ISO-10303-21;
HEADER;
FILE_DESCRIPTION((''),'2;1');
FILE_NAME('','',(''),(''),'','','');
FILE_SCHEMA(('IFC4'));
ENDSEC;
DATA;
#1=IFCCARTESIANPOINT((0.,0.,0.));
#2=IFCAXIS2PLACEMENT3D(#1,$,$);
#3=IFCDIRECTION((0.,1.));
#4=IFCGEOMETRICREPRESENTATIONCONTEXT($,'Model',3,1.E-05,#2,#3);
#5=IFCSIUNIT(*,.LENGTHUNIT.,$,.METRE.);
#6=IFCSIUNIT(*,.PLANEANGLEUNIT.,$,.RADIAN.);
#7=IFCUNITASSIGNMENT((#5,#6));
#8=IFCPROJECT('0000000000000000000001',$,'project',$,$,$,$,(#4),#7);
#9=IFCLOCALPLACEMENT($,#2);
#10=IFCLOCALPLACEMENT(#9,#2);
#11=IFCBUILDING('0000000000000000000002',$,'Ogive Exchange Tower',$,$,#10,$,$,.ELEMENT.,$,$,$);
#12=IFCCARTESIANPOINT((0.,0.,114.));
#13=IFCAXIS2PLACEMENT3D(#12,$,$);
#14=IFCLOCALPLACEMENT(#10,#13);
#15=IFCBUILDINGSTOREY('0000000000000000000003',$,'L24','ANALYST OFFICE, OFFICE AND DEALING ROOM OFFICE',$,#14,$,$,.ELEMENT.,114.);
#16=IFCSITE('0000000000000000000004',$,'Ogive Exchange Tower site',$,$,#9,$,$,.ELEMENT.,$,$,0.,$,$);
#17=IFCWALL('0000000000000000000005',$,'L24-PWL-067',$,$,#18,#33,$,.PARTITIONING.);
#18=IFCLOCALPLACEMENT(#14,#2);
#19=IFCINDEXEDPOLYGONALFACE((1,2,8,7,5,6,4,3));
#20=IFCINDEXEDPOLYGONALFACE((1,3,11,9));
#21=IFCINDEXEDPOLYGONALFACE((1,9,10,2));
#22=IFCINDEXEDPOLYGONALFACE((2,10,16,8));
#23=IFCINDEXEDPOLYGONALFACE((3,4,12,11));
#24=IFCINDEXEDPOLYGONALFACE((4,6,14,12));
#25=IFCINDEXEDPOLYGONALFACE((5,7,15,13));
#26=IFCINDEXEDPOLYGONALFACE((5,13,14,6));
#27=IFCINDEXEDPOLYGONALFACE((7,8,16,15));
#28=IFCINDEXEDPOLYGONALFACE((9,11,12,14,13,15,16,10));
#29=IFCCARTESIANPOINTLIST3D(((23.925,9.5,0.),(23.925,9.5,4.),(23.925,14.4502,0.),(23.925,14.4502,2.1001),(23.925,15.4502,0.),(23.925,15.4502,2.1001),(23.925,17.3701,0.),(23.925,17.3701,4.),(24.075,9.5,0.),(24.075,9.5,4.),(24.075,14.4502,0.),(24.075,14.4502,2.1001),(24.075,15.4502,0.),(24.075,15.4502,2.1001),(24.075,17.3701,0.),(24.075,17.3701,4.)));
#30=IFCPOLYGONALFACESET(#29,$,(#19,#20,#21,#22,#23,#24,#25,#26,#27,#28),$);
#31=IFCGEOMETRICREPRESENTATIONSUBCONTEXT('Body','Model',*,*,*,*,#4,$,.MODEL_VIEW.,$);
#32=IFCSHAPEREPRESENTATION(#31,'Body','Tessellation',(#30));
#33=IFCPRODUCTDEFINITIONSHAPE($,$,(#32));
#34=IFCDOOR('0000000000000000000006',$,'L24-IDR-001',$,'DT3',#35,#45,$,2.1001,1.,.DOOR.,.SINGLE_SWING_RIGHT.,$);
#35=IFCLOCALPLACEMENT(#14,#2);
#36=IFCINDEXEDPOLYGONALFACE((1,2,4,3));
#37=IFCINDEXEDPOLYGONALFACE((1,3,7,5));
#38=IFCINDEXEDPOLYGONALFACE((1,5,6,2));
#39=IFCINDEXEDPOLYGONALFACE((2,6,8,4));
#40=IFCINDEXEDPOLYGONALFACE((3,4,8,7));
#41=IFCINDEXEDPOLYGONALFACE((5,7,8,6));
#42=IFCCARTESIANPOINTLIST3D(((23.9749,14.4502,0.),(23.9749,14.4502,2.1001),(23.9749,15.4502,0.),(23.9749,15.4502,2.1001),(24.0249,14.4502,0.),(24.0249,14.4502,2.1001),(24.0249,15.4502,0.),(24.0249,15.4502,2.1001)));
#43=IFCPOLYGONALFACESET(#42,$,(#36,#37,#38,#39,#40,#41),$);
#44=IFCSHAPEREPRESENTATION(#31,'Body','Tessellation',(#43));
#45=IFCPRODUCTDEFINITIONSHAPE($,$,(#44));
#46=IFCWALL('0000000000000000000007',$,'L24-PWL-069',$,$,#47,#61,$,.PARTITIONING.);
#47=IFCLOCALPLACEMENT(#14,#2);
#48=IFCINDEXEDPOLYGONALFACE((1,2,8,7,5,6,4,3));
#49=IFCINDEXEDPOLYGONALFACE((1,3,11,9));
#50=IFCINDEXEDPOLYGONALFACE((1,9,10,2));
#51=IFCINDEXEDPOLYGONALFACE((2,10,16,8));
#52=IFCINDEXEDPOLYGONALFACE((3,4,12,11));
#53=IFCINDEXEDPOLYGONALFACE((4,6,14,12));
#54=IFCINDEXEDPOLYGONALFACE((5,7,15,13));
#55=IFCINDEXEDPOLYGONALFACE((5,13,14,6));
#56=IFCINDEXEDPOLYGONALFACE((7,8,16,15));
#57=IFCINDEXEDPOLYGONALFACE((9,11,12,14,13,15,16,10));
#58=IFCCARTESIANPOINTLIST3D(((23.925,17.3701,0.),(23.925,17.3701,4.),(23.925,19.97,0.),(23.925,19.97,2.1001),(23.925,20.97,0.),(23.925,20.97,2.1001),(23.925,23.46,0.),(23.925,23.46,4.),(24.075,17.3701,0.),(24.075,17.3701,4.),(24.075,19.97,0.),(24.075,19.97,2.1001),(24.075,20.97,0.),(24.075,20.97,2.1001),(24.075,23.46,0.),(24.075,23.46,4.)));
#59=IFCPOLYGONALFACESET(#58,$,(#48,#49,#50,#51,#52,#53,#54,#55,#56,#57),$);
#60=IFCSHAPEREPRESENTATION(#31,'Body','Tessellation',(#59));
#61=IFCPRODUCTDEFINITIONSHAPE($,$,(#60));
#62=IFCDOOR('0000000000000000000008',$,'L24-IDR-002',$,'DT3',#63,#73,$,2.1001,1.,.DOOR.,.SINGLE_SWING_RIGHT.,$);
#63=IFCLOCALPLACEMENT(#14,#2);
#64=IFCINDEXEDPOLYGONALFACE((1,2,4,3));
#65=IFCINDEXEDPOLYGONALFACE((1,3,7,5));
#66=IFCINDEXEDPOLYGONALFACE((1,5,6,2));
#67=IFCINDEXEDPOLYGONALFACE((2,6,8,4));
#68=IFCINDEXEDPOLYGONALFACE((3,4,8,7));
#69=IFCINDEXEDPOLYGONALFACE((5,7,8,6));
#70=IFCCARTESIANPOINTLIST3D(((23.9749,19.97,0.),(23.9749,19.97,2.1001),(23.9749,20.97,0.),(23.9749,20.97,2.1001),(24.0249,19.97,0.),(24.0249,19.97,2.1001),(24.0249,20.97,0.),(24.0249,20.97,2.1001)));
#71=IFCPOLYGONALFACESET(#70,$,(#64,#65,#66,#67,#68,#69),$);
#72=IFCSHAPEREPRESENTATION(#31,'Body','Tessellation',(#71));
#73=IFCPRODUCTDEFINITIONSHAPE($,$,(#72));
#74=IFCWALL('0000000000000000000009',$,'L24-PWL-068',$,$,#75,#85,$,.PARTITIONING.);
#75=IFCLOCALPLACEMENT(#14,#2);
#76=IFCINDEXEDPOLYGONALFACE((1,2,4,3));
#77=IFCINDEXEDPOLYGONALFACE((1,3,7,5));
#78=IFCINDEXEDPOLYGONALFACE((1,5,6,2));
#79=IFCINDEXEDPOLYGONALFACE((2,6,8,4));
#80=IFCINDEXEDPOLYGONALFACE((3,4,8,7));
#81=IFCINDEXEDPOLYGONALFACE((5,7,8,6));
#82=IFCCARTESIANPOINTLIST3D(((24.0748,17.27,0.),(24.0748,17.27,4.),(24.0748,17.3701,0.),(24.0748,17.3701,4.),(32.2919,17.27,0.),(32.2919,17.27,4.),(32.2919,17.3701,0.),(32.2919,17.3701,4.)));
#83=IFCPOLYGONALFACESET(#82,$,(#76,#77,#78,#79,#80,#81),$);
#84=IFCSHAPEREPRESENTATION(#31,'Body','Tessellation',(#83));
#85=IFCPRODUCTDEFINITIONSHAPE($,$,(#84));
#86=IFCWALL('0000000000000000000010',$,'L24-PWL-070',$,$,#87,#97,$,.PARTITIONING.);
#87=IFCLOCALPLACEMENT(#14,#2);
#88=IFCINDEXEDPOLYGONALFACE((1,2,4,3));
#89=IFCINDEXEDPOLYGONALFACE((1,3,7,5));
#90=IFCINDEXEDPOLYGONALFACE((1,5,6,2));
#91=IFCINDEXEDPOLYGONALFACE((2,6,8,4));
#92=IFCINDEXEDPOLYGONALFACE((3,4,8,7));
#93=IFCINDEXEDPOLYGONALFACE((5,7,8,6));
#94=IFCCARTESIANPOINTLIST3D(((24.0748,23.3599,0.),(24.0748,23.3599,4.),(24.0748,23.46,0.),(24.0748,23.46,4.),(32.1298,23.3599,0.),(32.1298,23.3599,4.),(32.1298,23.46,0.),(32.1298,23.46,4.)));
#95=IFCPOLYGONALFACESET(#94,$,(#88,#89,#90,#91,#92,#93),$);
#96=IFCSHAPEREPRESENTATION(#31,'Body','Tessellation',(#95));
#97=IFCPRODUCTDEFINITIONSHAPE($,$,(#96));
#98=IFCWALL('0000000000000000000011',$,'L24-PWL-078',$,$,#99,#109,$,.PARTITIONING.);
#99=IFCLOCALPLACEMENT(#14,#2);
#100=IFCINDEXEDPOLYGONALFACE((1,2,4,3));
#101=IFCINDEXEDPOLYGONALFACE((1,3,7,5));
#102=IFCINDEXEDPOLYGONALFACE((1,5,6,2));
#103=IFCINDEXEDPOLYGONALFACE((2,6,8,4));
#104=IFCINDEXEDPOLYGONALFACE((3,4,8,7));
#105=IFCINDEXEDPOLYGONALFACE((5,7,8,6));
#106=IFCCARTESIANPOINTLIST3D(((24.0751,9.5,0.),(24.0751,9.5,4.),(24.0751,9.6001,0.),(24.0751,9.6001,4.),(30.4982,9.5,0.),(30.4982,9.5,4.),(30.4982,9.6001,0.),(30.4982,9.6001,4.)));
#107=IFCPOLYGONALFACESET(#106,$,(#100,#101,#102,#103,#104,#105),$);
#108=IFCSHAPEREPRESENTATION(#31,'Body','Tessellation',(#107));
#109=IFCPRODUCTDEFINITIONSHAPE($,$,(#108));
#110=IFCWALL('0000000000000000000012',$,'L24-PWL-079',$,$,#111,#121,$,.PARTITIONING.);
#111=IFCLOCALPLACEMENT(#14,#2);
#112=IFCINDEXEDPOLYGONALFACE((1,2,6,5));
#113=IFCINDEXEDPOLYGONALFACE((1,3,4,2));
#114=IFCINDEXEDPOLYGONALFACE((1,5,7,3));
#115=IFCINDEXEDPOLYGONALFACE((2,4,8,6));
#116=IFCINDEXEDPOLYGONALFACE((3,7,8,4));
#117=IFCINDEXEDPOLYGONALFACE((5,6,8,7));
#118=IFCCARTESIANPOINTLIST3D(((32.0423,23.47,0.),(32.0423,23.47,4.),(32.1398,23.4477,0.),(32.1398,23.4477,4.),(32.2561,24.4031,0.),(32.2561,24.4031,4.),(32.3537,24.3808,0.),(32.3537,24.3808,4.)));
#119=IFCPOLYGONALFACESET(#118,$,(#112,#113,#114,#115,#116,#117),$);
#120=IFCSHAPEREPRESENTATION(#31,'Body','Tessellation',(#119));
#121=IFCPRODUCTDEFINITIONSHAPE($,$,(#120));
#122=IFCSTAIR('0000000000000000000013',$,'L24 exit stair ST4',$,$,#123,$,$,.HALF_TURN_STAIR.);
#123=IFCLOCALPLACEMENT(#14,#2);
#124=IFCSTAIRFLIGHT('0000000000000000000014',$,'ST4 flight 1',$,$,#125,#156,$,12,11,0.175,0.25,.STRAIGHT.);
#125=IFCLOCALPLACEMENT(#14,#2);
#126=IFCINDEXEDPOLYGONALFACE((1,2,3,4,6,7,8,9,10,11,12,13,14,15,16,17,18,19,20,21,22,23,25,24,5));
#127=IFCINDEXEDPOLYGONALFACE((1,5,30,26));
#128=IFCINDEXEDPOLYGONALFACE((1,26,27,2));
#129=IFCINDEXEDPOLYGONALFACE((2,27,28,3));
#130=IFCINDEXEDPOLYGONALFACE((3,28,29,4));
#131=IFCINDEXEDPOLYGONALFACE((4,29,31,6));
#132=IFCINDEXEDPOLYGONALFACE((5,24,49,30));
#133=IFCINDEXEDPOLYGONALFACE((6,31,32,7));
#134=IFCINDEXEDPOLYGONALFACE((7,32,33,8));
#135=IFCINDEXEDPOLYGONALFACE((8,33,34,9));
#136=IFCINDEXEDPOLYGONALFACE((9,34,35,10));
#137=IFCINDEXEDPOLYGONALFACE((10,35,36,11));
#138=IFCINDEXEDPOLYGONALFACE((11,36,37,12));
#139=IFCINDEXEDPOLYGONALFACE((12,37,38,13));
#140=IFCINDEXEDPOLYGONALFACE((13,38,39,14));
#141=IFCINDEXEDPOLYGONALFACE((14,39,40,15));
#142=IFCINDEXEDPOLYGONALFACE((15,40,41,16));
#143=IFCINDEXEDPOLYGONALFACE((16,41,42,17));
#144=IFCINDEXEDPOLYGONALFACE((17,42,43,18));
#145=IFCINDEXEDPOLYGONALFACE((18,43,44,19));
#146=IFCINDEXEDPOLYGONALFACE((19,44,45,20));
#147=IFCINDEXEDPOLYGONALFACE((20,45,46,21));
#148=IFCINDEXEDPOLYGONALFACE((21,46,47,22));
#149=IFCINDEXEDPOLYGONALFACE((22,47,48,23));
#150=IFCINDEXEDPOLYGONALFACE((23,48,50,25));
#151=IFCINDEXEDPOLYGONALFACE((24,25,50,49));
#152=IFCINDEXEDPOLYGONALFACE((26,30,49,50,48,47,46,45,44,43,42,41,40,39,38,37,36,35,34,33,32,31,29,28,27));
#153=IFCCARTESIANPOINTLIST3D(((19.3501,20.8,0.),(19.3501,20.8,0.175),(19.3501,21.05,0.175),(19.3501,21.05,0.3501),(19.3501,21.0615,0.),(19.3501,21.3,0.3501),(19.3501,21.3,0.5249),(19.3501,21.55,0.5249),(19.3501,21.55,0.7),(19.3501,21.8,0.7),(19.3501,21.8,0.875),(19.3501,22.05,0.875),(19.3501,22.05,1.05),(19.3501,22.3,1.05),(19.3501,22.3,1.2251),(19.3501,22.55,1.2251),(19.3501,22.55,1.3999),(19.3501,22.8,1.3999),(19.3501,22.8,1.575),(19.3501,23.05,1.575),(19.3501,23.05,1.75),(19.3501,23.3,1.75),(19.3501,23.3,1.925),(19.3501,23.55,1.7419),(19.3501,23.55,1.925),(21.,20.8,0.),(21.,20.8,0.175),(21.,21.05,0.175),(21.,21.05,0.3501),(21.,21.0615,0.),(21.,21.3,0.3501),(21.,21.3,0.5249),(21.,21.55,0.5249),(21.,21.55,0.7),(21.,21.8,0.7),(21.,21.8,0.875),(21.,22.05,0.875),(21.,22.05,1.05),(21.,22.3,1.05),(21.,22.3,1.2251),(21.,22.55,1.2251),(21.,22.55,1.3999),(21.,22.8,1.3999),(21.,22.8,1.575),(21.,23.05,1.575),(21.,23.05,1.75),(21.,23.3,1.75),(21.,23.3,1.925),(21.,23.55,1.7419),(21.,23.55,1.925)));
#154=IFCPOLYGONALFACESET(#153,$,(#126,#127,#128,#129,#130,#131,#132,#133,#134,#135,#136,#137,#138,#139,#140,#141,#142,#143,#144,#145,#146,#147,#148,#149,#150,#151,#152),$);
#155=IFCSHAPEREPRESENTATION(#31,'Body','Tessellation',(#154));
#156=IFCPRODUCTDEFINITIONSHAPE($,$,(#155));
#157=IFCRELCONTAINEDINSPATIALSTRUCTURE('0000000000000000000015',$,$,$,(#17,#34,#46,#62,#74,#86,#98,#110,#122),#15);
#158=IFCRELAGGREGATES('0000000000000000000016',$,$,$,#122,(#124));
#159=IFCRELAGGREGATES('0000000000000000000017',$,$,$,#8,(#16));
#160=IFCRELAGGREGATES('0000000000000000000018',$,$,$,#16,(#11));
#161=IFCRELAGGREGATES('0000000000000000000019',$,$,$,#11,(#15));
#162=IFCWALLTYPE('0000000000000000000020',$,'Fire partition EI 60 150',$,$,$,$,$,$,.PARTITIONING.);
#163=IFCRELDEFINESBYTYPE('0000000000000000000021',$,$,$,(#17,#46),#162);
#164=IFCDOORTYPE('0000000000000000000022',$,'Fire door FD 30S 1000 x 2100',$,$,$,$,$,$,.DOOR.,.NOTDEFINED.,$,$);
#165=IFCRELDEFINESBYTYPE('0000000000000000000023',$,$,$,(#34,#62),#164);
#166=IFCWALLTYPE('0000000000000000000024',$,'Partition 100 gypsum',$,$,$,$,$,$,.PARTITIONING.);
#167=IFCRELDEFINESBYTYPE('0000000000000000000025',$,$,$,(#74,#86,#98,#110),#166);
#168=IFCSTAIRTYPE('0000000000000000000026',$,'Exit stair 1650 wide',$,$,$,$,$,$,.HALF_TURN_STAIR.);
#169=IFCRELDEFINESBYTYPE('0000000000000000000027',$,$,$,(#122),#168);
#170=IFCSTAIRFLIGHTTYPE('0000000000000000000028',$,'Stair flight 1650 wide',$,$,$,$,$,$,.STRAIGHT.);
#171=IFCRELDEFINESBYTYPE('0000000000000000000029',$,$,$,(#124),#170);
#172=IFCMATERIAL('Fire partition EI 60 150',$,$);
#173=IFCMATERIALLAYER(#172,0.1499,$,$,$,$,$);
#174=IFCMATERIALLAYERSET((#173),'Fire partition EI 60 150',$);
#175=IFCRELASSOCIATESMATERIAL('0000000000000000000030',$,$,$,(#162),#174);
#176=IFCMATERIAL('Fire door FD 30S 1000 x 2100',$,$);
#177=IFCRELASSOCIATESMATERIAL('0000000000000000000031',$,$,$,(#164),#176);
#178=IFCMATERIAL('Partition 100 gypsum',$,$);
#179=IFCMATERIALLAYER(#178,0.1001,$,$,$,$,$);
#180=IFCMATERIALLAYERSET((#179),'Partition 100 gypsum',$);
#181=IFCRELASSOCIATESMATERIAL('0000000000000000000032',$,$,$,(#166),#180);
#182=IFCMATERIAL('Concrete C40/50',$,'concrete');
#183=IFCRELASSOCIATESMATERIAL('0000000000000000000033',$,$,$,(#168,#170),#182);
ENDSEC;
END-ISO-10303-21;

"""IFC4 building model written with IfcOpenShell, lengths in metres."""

from ifc_helpers import new_model, si_unit, direction, frame, frame_2d, origin, place, context, subcontext, project, spatial, polyline, rectangle, outline, extrude, material, layer, layer_set, type_object, element, fill, aggregate, save


model = new_model("IFC4")

# Units and contexts
model_context = context("Model", 3, precision=1e-05, world=origin(), true_north=direction((0.0, 1.0)))
body_context = subcontext(model_context, "Body", "Model", "MODEL_VIEW")
ifc_project = project(units=[si_unit("LENGTHUNIT", "METRE"), si_unit("PLANEANGLEUNIT", "RADIAN")], contexts=[model_context])

# Site, building, storey
site_placement = place(None, origin())
site = spatial("IfcSite", under=ifc_project, at=site_placement, Name="Ogive Exchange Tower site", CompositionType="ELEMENT", RefElevation=0.0)
building_placement = place(site_placement, origin())
building = spatial("IfcBuilding", under=site, at=building_placement, Name="Ogive Exchange Tower", CompositionType="ELEMENT")
storey_placement = place(building_placement, frame((0.0, 0.0, 114.0)))
storey = spatial("IfcBuildingStorey", under=building, at=storey_placement, Name="L24", Description="ANALYST OFFICE, OFFICE AND DEALING ROOM OFFICE", CompositionType="ELEMENT", Elevation=114.0)

# Walls, openings, doors
ifc_material_1 = material(Name="Fire partition EI 60 150")
ifc_layer_1 = layer(ifc_material_1, 0.1499)
ifc_layer_set_1 = layer_set([ifc_layer_1], Name="Fire partition EI 60 150")
wall_type_1 = type_object("IfcWallType", Name="Fire partition EI 60 150", PredefinedType="PARTITIONING", material=ifc_layer_set_1)
ifc_material_2 = material(Name="Fire door FD 30S 1000 x 2100")
door_type = type_object("IfcDoorType", Name="Fire door FD 30S 1000 x 2100", OperationType="NOTDEFINED", PredefinedType="DOOR", material=ifc_material_2)
wall_1_placement = place(storey_placement, frame((24.0, 17.3701, 0.0), z_axis=(0.0, 0.0, 1.0), x_axis=(0.0, -1.0, 0.0)))
wall_1 = element("IfcWall", 1, at=wall_1_placement, inside=storey, type_object=wall_type_1, Name="L24-PWL-067", PredefinedType="PARTITIONING", context=body_context, shape_type="SweptSolid", body=[
    extrude(rectangle(XDim=7.8701, YDim=0.1499, at=frame_2d((3.9351, 0.0))), origin(), (0.0, 0.0, 1.0), 4.0),
])
opening_1_placement = place(wall_1_placement, frame((1.9199, 0.0, 0.0)))
opening_1 = element("IfcOpeningElement", 2, at=opening_1_placement, cuts=wall_1, PredefinedType="OPENING", context=body_context, shape_type="SweptSolid", body=[
    extrude(rectangle(XDim=1.0, YDim=2.1001, at=frame_2d((0.5, 1.05))), frame((0.0, 0.085, 0.0), z_axis=(0.0, -1.0, 0.0), x_axis=(1.0, 0.0, 0.0)), (0.0, 0.0, 1.0), 0.1699),
])
door_1_placement = place(opening_1_placement, origin())
door_1 = element("IfcDoor", 3, at=door_1_placement, inside=storey, type_object=door_type, Name="L24-IDR-001", ObjectType="DT3", OperationType="SINGLE_SWING_RIGHT", OverallHeight=2.1001, OverallWidth=1.0, PredefinedType="DOOR", context=body_context, shape_type="SweptSolid", body=[
    extrude(rectangle(XDim=1.0, YDim=2.1001, at=frame_2d((0.5, 1.05))), frame((0.0, 0.0249, 0.0), z_axis=(0.0, -1.0, 0.0), x_axis=(1.0, 0.0, 0.0)), (0.0, 0.0, 1.0), 0.05),
])
fill(opening_1, door_1)
wall_2_placement = place(storey_placement, frame((24.0, 23.46, 0.0), z_axis=(0.0, 0.0, 1.0), x_axis=(0.0, -1.0, 0.0)))
wall_2 = element("IfcWall", 4, at=wall_2_placement, inside=storey, type_object=wall_type_1, Name="L24-PWL-069", PredefinedType="PARTITIONING", context=body_context, shape_type="SweptSolid", body=[
    extrude(rectangle(XDim=6.0898, YDim=0.1499, at=frame_2d((3.0449, 0.0))), origin(), (0.0, 0.0, 1.0), 4.0),
])
opening_2_placement = place(wall_2_placement, frame((2.49, 0.0, 0.0)))
opening_2 = element("IfcOpeningElement", 5, at=opening_2_placement, cuts=wall_2, PredefinedType="OPENING", context=body_context, shape_type="SweptSolid", body=[
    extrude(rectangle(XDim=1.0, YDim=2.1001, at=frame_2d((0.5, 1.05))), frame((0.0, 0.085, 0.0), z_axis=(0.0, -1.0, 0.0), x_axis=(1.0, 0.0, 0.0)), (0.0, 0.0, 1.0), 0.1699),
])
door_2_placement = place(opening_2_placement, origin())
door_2 = element("IfcDoor", 6, at=door_2_placement, inside=storey, type_object=door_type, Name="L24-IDR-002", ObjectType="DT3", OperationType="SINGLE_SWING_RIGHT", OverallHeight=2.1001, OverallWidth=1.0, PredefinedType="DOOR", context=body_context, shape_type="SweptSolid", body=[
    extrude(rectangle(XDim=1.0, YDim=2.1001, at=frame_2d((0.5, 1.05))), frame((0.0, 0.0249, 0.0), z_axis=(0.0, -1.0, 0.0), x_axis=(1.0, 0.0, 0.0)), (0.0, 0.0, 1.0), 0.05),
])
fill(opening_2, door_2)

# Walls
ifc_material_3 = material(Name="Partition 100 gypsum")
ifc_layer_2 = layer(ifc_material_3, 0.1001)
ifc_layer_set_2 = layer_set([ifc_layer_2], Name="Partition 100 gypsum")
wall_type_2 = type_object("IfcWallType", Name="Partition 100 gypsum", PredefinedType="PARTITIONING", material=ifc_layer_set_2)
wall_3_placement = place(storey_placement, frame((24.075, 17.3201, 0.0), z_axis=(0.0, 0.0, 1.0), x_axis=(1.0, 0.0, 0.0)))
element("IfcWall", 7, at=wall_3_placement, inside=storey, type_object=wall_type_2, Name="L24-PWL-068", PredefinedType="PARTITIONING", context=body_context, shape_type="SweptSolid", body=[
    extrude(rectangle(XDim=8.217, YDim=0.1001, at=frame_2d((4.1084, 0.0))), origin(), (0.0, 0.0, 1.0), 4.0),
])
wall_4_placement = place(storey_placement, frame((24.075, 23.4099, 0.0), z_axis=(0.0, 0.0, 1.0), x_axis=(1.0, 0.0, 0.0)))
element("IfcWall", 8, at=wall_4_placement, inside=storey, type_object=wall_type_2, Name="L24-PWL-070", PredefinedType="PARTITIONING", context=body_context, shape_type="SweptSolid", body=[
    extrude(rectangle(XDim=8.0549, YDim=0.1001, at=frame_2d((4.0273, 0.0))), origin(), (0.0, 0.0, 1.0), 4.0),
])
wall_5_placement = place(storey_placement, frame((30.498, 9.55, 0.0), z_axis=(0.0, 0.0, 1.0), x_axis=(-1.0, 0.0, 0.0)))
element("IfcWall", 9, at=wall_5_placement, inside=storey, type_object=wall_type_2, Name="L24-PWL-078", PredefinedType="PARTITIONING", context=body_context, shape_type="SweptSolid", body=[
    extrude(rectangle(XDim=6.4231, YDim=0.1001, at=frame_2d((3.2114, 0.0))), origin(), (0.0, 0.0, 1.0), 4.0),
])
wall_6_placement = place(storey_placement, frame((32.0911, 23.459, 0.0), z_axis=(0.0, 0.0, 1.0), x_axis=(0.223406, 0.974725, 0.0)))
element("IfcWall", 10, at=wall_6_placement, inside=storey, type_object=wall_type_2, Name="L24-PWL-079", PredefinedType="PARTITIONING", context=body_context, shape_type="SweptSolid", body=[
    extrude(rectangle(XDim=0.9573, YDim=0.1001, at=frame_2d((0.4785, 0.0))), origin(), (0.0, 0.0, 1.0), 4.0),
])

# Stair, stair flight
ifc_material_4 = material(Name="Concrete C40/50", Category="concrete")
stair_type = type_object("IfcStairType", Name="Exit stair 1650 wide", PredefinedType="HALF_TURN_STAIR", material=ifc_material_4)
stair_placement = place(storey_placement, origin())
stair = element("IfcStair", 11, at=stair_placement, inside=storey, type_object=stair_type, Name="L24 exit stair ST4", PredefinedType="HALF_TURN_STAIR")
stair_flight_type = type_object("IfcStairFlightType", Name="Stair flight 1650 wide", PredefinedType="STRAIGHT", material=ifc_material_4)
stair_flight_placement = place(storey_placement, frame((20.175, 20.8, 0.0), z_axis=(0.0, 0.0, 1.0), x_axis=(0.0, 1.0, 0.0)))
stair_flight = element("IfcStairFlight", 12, at=stair_flight_placement, type_object=stair_flight_type, Name="ST4 flight 1", NumberOfRisers=12, NumberOfTreads=11, PredefinedType="STRAIGHT", RiserHeight=0.175, TreadLength=0.25, context=body_context, shape_type="SweptSolid", body=[
    extrude(outline(polyline([(0.0, 0.0), (0.0, 0.175), (0.25, 0.175), (0.25, 0.3501), (0.5, 0.3501), (0.5, 0.5249), (0.75, 0.5249), (0.75, 0.7), (1.0, 0.7), (1.0, 0.875), (1.25, 0.875), (1.25, 1.05), (1.5, 1.05), (1.5, 1.2251), (1.75, 1.2251), (1.75, 1.3999), (2.0, 1.3999), (2.0, 1.575), (2.25, 1.575), (2.25, 1.75), (2.5, 1.75), (2.5, 1.925), (2.75, 1.925), (2.75, 2.1001), (2.75, 1.7419), (0.2615, 0.0), (0.0, 0.0)])), frame((0.0, 0.825, 0.0), z_axis=(0.0, -1.0, 0.0), x_axis=(1.0, 0.0, 0.0)), (0.0, 0.0, 1.0), 1.6499),
])
aggregate(stair, [stair_flight])

save(model, "model.ifc")
